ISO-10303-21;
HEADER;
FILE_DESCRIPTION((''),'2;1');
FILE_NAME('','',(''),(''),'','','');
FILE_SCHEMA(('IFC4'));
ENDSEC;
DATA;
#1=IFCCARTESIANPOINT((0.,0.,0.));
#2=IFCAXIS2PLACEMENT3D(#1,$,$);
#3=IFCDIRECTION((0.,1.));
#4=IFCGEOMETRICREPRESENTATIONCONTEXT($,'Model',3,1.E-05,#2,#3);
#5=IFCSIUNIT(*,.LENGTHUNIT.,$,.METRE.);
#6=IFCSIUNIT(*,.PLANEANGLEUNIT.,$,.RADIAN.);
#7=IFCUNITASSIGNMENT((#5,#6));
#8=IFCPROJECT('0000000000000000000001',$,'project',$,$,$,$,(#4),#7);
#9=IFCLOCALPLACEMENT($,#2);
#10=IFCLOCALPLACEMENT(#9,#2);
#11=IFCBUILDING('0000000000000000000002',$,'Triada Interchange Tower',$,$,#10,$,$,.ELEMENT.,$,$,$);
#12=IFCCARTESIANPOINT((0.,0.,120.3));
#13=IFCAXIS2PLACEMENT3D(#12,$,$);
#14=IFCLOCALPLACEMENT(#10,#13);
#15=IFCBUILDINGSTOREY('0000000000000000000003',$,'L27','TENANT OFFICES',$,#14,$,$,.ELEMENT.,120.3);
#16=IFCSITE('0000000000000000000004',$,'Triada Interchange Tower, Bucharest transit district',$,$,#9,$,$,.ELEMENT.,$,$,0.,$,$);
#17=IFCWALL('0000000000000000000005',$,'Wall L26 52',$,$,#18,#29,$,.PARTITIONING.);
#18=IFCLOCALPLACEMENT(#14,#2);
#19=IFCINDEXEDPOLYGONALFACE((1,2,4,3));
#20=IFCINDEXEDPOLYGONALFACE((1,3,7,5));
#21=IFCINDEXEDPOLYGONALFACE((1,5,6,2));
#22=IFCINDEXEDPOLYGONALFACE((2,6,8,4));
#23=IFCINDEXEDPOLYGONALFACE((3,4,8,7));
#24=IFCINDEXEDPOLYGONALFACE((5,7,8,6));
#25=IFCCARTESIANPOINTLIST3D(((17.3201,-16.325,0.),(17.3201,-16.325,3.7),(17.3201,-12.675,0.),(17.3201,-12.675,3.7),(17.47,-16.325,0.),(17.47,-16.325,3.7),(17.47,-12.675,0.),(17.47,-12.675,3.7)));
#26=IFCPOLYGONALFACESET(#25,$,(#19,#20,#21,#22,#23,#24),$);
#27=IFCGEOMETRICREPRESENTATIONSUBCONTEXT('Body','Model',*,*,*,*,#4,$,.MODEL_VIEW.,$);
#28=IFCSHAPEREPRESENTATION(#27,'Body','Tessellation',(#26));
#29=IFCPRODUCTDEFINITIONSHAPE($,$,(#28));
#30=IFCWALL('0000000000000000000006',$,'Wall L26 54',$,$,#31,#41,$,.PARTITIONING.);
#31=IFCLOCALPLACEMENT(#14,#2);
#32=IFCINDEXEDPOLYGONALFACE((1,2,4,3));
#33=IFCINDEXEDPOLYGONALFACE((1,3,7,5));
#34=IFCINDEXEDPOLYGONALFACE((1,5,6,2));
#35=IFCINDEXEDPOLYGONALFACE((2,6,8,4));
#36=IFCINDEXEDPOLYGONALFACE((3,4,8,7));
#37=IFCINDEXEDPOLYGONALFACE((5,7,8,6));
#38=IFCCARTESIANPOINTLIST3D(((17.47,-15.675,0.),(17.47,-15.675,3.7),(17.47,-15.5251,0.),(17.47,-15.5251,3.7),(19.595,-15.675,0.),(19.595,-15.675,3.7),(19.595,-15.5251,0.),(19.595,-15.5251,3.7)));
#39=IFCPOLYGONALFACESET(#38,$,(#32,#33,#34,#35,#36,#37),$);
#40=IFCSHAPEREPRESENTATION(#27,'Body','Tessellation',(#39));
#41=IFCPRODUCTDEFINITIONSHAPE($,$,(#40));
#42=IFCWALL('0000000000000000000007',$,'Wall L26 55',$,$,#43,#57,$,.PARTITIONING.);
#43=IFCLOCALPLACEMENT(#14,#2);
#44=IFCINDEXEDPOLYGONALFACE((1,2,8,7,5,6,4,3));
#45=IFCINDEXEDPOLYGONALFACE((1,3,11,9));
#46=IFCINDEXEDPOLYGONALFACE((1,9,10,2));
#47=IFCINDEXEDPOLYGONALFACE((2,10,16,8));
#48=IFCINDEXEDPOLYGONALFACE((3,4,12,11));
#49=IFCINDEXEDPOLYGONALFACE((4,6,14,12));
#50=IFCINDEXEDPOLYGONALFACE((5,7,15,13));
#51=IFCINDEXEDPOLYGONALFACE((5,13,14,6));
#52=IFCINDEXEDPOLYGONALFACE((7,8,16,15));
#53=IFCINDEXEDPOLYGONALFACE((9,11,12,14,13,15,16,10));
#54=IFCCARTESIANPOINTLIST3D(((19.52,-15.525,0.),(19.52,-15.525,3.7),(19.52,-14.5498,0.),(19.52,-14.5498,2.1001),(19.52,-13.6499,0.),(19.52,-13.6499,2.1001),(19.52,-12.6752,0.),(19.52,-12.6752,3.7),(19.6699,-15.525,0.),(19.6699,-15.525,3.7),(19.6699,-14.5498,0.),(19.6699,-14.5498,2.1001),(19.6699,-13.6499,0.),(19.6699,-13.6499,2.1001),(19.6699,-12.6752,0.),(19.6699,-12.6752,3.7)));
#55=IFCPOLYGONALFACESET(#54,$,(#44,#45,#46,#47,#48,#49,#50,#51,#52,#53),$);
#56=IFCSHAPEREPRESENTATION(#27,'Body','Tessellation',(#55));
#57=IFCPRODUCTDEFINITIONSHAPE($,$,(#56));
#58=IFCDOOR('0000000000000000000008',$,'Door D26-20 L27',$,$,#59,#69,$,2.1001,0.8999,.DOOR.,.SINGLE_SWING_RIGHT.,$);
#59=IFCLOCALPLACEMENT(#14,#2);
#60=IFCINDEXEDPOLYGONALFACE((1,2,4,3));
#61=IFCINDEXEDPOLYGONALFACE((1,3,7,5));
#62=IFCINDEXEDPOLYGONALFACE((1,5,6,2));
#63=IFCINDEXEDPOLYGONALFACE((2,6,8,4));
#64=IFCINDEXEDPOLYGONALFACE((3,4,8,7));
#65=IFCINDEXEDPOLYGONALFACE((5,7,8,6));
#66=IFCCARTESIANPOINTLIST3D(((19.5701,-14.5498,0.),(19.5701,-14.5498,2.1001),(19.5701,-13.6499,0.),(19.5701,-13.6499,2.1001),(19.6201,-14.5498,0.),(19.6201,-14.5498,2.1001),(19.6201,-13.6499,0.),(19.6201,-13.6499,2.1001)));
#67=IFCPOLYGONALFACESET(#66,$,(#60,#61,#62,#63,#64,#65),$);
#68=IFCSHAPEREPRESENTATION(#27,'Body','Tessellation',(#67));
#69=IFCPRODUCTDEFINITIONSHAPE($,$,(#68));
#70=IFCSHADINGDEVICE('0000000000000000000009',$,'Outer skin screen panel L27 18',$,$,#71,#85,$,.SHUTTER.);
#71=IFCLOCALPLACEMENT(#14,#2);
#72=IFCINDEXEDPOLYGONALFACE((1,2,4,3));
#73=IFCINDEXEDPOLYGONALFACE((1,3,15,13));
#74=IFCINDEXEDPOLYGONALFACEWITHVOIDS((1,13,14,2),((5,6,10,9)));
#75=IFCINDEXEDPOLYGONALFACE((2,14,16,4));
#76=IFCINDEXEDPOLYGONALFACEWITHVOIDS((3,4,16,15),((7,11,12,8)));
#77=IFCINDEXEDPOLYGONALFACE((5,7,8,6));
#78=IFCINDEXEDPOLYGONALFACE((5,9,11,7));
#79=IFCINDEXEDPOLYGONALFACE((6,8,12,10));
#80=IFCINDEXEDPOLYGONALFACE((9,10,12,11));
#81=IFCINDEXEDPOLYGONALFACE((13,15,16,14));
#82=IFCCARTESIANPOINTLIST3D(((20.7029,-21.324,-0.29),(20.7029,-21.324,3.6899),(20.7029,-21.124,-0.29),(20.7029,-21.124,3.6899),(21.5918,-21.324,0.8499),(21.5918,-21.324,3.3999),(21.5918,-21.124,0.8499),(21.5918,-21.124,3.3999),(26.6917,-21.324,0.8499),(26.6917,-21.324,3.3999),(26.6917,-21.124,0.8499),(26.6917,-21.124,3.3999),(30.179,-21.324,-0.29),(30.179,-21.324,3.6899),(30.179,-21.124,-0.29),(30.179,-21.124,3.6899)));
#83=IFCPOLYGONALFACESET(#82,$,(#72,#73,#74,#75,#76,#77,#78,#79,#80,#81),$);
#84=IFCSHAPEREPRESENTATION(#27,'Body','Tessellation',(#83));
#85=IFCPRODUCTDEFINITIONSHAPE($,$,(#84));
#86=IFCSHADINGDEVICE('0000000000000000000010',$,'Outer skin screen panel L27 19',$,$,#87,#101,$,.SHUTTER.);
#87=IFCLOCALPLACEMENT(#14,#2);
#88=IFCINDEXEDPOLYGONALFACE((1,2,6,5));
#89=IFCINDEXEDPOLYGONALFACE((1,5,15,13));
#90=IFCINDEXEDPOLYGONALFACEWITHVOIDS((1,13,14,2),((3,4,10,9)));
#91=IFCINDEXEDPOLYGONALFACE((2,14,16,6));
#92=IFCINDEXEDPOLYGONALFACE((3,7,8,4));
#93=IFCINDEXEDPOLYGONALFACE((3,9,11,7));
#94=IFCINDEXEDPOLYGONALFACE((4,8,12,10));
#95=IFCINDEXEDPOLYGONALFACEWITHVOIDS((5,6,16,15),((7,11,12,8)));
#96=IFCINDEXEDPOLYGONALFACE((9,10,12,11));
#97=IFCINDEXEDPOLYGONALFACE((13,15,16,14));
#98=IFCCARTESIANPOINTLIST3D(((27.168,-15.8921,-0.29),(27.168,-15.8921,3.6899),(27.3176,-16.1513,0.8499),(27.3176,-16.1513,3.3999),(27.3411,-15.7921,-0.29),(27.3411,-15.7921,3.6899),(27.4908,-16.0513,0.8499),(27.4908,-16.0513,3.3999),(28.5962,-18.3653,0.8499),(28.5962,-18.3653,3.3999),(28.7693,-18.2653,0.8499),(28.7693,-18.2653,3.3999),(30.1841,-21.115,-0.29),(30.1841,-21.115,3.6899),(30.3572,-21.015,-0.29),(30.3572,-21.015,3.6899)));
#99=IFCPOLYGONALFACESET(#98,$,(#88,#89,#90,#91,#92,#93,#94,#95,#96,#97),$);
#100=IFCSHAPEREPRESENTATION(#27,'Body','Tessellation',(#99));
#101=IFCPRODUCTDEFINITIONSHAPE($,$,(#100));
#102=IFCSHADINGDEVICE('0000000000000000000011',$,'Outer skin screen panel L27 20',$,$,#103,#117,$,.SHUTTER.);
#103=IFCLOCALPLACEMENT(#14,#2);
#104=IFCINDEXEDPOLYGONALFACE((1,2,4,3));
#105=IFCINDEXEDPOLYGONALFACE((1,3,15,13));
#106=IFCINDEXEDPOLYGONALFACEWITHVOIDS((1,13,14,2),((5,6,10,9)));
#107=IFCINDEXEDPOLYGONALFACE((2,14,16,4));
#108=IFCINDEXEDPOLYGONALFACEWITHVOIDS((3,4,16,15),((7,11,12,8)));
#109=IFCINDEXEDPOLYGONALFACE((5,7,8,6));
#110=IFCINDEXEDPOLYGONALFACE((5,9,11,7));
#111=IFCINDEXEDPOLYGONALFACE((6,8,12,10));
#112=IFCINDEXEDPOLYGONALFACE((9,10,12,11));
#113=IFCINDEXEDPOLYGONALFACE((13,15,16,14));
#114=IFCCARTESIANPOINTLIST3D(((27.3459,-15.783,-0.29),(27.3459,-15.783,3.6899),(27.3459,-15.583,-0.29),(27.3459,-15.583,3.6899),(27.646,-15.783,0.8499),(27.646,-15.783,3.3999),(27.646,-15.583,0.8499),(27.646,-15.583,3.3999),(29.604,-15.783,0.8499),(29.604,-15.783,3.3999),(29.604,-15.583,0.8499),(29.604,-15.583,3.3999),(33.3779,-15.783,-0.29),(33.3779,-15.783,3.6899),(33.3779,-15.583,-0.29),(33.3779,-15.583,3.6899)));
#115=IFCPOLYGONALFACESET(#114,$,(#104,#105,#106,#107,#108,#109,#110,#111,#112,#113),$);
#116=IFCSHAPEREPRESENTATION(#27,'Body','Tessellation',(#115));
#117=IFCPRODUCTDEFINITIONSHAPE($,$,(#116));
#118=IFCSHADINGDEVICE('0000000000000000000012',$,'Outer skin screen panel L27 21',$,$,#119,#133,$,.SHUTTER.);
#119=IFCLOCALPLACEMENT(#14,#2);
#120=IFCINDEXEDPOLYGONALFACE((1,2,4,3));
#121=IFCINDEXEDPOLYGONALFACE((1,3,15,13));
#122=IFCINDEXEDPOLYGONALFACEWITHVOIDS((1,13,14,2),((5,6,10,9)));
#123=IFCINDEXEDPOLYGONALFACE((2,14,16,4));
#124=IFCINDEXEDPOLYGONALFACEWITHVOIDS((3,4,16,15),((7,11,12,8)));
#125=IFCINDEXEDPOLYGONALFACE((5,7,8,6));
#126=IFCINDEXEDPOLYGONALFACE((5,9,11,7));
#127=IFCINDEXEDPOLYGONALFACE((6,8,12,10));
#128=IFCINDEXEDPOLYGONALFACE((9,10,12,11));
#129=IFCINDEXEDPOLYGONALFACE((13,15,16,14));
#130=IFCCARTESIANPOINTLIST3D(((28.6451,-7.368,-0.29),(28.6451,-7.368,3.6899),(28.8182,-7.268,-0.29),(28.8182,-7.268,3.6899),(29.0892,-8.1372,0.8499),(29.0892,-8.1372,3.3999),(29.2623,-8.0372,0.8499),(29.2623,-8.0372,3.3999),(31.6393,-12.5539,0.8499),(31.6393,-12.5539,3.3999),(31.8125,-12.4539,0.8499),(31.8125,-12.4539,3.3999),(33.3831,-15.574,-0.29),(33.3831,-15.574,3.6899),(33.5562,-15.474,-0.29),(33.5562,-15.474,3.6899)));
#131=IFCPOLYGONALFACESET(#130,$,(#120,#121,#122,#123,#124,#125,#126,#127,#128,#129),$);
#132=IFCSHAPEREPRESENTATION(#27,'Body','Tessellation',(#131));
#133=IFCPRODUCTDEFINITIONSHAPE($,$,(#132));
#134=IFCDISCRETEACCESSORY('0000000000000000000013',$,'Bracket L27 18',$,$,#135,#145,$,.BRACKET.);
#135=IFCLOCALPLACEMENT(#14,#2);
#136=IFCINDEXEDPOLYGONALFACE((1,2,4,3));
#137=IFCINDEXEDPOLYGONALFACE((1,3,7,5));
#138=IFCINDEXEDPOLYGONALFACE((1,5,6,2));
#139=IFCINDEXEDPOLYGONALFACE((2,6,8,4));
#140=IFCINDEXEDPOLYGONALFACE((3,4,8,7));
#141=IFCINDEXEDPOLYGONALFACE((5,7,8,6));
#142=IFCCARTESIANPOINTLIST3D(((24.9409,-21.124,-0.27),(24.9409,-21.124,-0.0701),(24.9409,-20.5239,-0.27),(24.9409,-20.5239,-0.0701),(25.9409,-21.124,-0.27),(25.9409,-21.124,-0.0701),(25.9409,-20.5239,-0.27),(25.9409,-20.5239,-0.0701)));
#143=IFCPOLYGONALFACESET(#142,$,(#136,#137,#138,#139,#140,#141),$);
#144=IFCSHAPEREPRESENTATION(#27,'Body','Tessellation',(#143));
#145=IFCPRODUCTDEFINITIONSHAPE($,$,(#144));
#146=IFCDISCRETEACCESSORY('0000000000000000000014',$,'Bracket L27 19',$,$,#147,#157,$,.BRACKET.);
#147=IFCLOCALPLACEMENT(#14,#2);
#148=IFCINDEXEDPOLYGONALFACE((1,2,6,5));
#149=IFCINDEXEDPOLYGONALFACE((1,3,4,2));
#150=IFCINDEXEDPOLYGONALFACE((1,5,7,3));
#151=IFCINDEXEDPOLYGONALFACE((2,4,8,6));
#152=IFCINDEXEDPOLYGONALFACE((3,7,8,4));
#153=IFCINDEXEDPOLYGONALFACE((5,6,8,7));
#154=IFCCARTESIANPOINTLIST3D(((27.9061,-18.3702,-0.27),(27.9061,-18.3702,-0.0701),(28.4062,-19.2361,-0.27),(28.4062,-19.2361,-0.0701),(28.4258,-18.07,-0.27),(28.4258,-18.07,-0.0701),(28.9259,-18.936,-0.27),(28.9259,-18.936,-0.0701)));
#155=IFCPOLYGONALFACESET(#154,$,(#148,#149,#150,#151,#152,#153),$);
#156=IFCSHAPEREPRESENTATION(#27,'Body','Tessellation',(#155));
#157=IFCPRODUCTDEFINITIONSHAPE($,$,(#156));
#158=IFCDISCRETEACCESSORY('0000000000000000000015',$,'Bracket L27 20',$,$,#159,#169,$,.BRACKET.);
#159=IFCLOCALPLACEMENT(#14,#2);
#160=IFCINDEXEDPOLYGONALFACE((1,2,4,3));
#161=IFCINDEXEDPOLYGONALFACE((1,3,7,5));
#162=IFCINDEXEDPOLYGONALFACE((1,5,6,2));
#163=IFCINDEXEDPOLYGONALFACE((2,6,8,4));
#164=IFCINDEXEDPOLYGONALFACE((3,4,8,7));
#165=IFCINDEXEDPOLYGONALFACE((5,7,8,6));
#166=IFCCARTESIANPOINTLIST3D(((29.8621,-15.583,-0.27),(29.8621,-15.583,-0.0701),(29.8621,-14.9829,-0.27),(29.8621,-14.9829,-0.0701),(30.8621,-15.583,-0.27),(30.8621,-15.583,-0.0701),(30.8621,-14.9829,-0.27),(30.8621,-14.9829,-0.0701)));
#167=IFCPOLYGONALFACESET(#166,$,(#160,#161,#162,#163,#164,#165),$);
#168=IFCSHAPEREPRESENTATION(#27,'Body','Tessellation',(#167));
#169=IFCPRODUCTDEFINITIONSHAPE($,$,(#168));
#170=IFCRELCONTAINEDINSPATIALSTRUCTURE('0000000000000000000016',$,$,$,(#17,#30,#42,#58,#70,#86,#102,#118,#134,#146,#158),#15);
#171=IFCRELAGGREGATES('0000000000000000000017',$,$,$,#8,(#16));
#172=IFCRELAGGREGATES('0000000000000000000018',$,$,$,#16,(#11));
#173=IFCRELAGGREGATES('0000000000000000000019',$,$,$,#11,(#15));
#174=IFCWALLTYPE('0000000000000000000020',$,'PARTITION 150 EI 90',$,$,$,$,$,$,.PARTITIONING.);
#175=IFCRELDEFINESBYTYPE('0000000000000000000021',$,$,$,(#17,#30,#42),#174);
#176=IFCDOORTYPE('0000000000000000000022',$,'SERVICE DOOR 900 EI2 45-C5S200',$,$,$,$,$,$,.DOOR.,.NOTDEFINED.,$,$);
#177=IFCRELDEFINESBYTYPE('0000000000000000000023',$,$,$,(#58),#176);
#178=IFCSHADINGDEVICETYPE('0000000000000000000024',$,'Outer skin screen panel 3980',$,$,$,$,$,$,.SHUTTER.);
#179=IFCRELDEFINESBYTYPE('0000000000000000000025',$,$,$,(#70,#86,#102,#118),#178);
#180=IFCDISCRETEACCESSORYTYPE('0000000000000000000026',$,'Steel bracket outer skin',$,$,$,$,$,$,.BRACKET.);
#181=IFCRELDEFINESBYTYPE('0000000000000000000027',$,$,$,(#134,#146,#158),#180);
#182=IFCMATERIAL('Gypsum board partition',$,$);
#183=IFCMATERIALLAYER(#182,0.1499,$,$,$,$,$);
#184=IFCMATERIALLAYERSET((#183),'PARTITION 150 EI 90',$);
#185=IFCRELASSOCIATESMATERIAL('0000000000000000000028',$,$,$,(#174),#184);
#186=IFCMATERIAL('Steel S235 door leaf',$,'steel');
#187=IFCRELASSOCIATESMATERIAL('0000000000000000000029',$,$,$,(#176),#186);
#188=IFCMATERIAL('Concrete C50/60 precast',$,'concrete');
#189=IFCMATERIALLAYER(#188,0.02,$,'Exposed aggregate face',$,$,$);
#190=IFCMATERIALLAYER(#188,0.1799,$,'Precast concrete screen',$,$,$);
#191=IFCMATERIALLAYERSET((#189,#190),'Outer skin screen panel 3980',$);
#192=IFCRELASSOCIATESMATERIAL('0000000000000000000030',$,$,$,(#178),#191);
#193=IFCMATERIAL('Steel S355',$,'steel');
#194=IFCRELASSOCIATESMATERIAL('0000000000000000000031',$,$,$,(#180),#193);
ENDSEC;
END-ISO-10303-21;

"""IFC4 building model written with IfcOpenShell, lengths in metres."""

from ifc_helpers import new_model, si_unit, direction, frame, frame_2d, origin, origin_2d, place, context, subcontext, project, spatial, polyline, rectangle, outline, extrude, material, layer, layer_set, type_object, element, fill, save


model = new_model("IFC4")

# Units and contexts
model_context = context("Model", 3, precision=1e-05, world=origin(), true_north=direction((0.0, 1.0)))
body_context = subcontext(model_context, "Body", "Model", "MODEL_VIEW")
ifc_project = project(units=[si_unit("LENGTHUNIT", "METRE"), si_unit("PLANEANGLEUNIT", "RADIAN")], contexts=[model_context])

# Site, building, storey
site_placement = place(None, origin())
site = spatial("IfcSite", under=ifc_project, at=site_placement, Name="Triada Interchange Tower, Bucharest transit district", CompositionType="ELEMENT", RefElevation=0.0)
building_placement = place(site_placement, origin())
building = spatial("IfcBuilding", under=site, at=building_placement, Name="Triada Interchange Tower", CompositionType="ELEMENT")
storey_placement = place(building_placement, frame((0.0, 0.0, 120.3)))
storey = spatial("IfcBuildingStorey", under=building, at=storey_placement, Name="L27", Description="TENANT OFFICES", CompositionType="ELEMENT", Elevation=120.3)

# Walls
ifc_material_1 = material(Name="Gypsum board partition")
ifc_layer_1 = layer(ifc_material_1, 0.1499)
ifc_layer_set_1 = layer_set([ifc_layer_1], Name="PARTITION 150 EI 90")
wall_type_1 = type_object("IfcWallType", Name="PARTITION 150 EI 90", PredefinedType="PARTITIONING", material=ifc_layer_set_1)
wall_1_placement = place(storey_placement, frame((17.395, -16.325, 0.0), z_axis=(0.0, 0.0, 1.0), x_axis=(0.0, 1.0, 0.0)))
element("IfcWall", 1, at=wall_1_placement, inside=storey, type_object=wall_type_1, Name="Wall L26 52", PredefinedType="PARTITIONING", context=body_context, shape_type="SweptSolid", body=[
    extrude(rectangle(XDim=3.6499, YDim=0.1499, at=frame_2d((1.825, 0.0))), origin(), (0.0, 0.0, 1.0), 3.7),
])
wall_2_placement = place(storey_placement, frame((17.47, -15.6001, 0.0), z_axis=(0.0, 0.0, 1.0), x_axis=(1.0, 0.0, 0.0)))
element("IfcWall", 2, at=wall_2_placement, inside=storey, type_object=wall_type_1, Name="Wall L26 54", PredefinedType="PARTITIONING", context=body_context, shape_type="SweptSolid", body=[
    extrude(rectangle(XDim=2.125, YDim=0.1499, at=frame_2d((1.0625, 0.0))), origin(), (0.0, 0.0, 1.0), 3.7),
])

# Wall, opening, door
wall_3_placement = place(storey_placement, frame((19.595, -15.5249, 0.0), z_axis=(0.0, 0.0, 1.0), x_axis=(0.0, 1.0, 0.0)))
wall_3 = element("IfcWall", 3, at=wall_3_placement, inside=storey, type_object=wall_type_1, Name="Wall L26 55", PredefinedType="PARTITIONING", context=body_context, shape_type="SweptSolid", body=[
    extrude(rectangle(XDim=2.8499, YDim=0.1499, at=frame_2d((1.4248, 0.0))), origin(), (0.0, 0.0, 1.0), 3.7),
])
opening_1_placement = place(wall_3_placement, frame((0.9751, 0.0, 0.0)))
opening_1 = element("IfcOpeningElement", 4, at=opening_1_placement, cuts=wall_3, PredefinedType="OPENING", context=body_context, shape_type="SweptSolid", body=[
    extrude(rectangle(XDim=0.8999, YDim=2.1001, at=frame_2d((0.45, 1.05))), frame((0.0, 0.085, 0.0), z_axis=(0.0, -1.0, 0.0), x_axis=(1.0, 0.0, 0.0)), (0.0, 0.0, 1.0), 0.1699),
])
ifc_material_2 = material(Name="Steel S235 door leaf", Category="steel")
door_type = type_object("IfcDoorType", Name="SERVICE DOOR 900 EI2 45-C5S200", OperationType="NOTDEFINED", PredefinedType="DOOR", material=ifc_material_2)
door_placement = place(opening_1_placement, origin())
door = element("IfcDoor", 5, at=door_placement, inside=storey, type_object=door_type, Name="Door D26-20 L27", OperationType="SINGLE_SWING_RIGHT", OverallHeight=2.1001, OverallWidth=0.8999, PredefinedType="DOOR", context=body_context, shape_type="SweptSolid", body=[
    extrude(rectangle(XDim=0.8999, YDim=2.1001, at=frame_2d((0.45, 1.05))), frame((0.0, 0.0249, 0.0), z_axis=(0.0, -1.0, 0.0), x_axis=(1.0, 0.0, 0.0)), (0.0, 0.0, 1.0), 0.05),
])
fill(opening_1, door)

# Shading devices
ifc_material_3 = material(Name="Concrete C50/60 precast", Category="concrete")
ifc_layer_2 = layer(ifc_material_3, 0.02, Name="Exposed aggregate face")
ifc_layer_3 = layer(ifc_material_3, 0.1799, Name="Precast concrete screen")
ifc_layer_set_2 = layer_set([ifc_layer_2, ifc_layer_3], Name="Outer skin screen panel 3980")
shading_device_type = type_object("IfcShadingDeviceType", Name="Outer skin screen panel 3980", PredefinedType="SHUTTER", material=ifc_layer_set_2)
shading_device_1_placement = place(storey_placement, frame((20.7029, -21.124, -0.29), z_axis=(0.0, 0.0, 1.0), x_axis=(1.0, 0.0, 0.0)))
element("IfcShadingDevice", 6, at=shading_device_1_placement, inside=storey, type_object=shading_device_type, Name="Outer skin screen panel L27 18", PredefinedType="SHUTTER", context=body_context, shape_type="SweptSolid", body=[
    extrude(outline(polyline([(0.0, 0.0), (9.4761, 0.0), (9.4761, 3.98), (0.0, 3.98), (0.0, 0.0)]), holes=[polyline([(0.8889, 1.1399), (0.8889, 3.6899), (5.9888, 3.6899), (5.9888, 1.1399), (0.8889, 1.1399)])]), frame((0.0, 0.0, 0.0), z_axis=(0.0, -1.0, 0.0), x_axis=(1.0, 0.0, 0.0)), (0.0, 0.0, 1.0), 0.2),
])
shading_device_2_placement = place(storey_placement, frame((30.1841, -21.115, -0.29), z_axis=(0.0, 0.0, 1.0), x_axis=(-0.500083, 0.865977, 0.0)))
element("IfcShadingDevice", 7, at=shading_device_2_placement, inside=storey, type_object=shading_device_type, Name="Outer skin screen panel L27 19", PredefinedType="SHUTTER", context=body_context, shape_type="SweptSolid", body=[
    extrude(outline(polyline([(0.0, 0.0), (6.0312, 0.0), (6.0312, 3.98), (0.0, 3.98), (0.0, 0.0)]), holes=[polyline([(3.1753, 1.1399), (3.1753, 3.6899), (5.7319, 3.6899), (5.7319, 1.1399), (3.1753, 1.1399)])]), frame((0.0, 0.0, 0.0), z_axis=(0.0, -1.0, 0.0), x_axis=(1.0, 0.0, 0.0)), (0.0, 0.0, 1.0), 0.2),
])
shading_device_3_placement = place(storey_placement, frame((27.3459, -15.583, -0.29), z_axis=(0.0, 0.0, 1.0), x_axis=(1.0, 0.0, 0.0)))
element("IfcShadingDevice", 8, at=shading_device_3_placement, inside=storey, type_object=shading_device_type, Name="Outer skin screen panel L27 20", PredefinedType="SHUTTER", context=body_context, shape_type="SweptSolid", body=[
    extrude(outline(polyline([(0.0, 0.0), (6.032, 0.0), (6.032, 3.98), (0.0, 3.98), (0.0, 0.0)]), holes=[polyline([(0.3, 1.1399), (0.3, 3.6899), (2.2581, 3.6899), (2.2581, 1.1399), (0.3, 1.1399)])]), frame((0.0, 0.0, 0.0), z_axis=(0.0, -1.0, 0.0), x_axis=(1.0, 0.0, 0.0)), (0.0, 0.0, 1.0), 0.2),
])
shading_device_4_placement = place(storey_placement, frame((33.3831, -15.574, -0.29), z_axis=(0.0, 0.0, 1.0), x_axis=(-0.500021, 0.866013, 0.0)))
element("IfcShadingDevice", 9, at=shading_device_4_placement, inside=storey, type_object=shading_device_type, Name="Outer skin screen panel L27 21", PredefinedType="SHUTTER", context=body_context, shape_type="SweptSolid", body=[
    extrude(outline(polyline([(0.0, 0.0), (9.4756, 0.0), (9.4756, 3.98), (0.0, 3.98), (0.0, 0.0)]), holes=[polyline([(3.4873, 1.1399), (3.4873, 3.6899), (8.5874, 3.6899), (8.5874, 1.1399), (3.4873, 1.1399)])]), frame((0.0, 0.0, 0.0), z_axis=(0.0, -1.0, 0.0), x_axis=(1.0, 0.0, 0.0)), (0.0, 0.0, 1.0), 0.2),
])

# Discrete accessories
ifc_material_4 = material(Name="Steel S355", Category="steel")
discrete_accessory_type = type_object("IfcDiscreteAccessoryType", Name="Steel bracket outer skin", PredefinedType="BRACKET", material=ifc_material_4)
for number, where, z_axis, x_axis, name in (
    (10, (25.4409, -20.824, -0.27), (0.0, 0.0, 1.0), (0.0, -1.0, 0.0), "Bracket L27 18"),
    (11, (28.416, -18.6531, -0.27), (0.0, 0.0, 1.0), (0.865964, 0.500106, 0.0), "Bracket L27 19"),
    (12, (30.3621, -15.283, -0.27), (0.0, 0.0, 1.0), (0.0, -1.0, 0.0), "Bracket L27 20"),
):
    element("IfcDiscreteAccessory", number, at=place(storey_placement, frame(where, z_axis=z_axis, x_axis=x_axis)), inside=storey, type_object=discrete_accessory_type, Name=name, PredefinedType="BRACKET", context=body_context, shape_type="SweptSolid", body=[
        extrude(rectangle(XDim=0.6001, YDim=1.0, at=origin_2d()), origin(), (0.0, 0.0, 1.0), 0.2),
    ])

save(model, "model.ifc")
